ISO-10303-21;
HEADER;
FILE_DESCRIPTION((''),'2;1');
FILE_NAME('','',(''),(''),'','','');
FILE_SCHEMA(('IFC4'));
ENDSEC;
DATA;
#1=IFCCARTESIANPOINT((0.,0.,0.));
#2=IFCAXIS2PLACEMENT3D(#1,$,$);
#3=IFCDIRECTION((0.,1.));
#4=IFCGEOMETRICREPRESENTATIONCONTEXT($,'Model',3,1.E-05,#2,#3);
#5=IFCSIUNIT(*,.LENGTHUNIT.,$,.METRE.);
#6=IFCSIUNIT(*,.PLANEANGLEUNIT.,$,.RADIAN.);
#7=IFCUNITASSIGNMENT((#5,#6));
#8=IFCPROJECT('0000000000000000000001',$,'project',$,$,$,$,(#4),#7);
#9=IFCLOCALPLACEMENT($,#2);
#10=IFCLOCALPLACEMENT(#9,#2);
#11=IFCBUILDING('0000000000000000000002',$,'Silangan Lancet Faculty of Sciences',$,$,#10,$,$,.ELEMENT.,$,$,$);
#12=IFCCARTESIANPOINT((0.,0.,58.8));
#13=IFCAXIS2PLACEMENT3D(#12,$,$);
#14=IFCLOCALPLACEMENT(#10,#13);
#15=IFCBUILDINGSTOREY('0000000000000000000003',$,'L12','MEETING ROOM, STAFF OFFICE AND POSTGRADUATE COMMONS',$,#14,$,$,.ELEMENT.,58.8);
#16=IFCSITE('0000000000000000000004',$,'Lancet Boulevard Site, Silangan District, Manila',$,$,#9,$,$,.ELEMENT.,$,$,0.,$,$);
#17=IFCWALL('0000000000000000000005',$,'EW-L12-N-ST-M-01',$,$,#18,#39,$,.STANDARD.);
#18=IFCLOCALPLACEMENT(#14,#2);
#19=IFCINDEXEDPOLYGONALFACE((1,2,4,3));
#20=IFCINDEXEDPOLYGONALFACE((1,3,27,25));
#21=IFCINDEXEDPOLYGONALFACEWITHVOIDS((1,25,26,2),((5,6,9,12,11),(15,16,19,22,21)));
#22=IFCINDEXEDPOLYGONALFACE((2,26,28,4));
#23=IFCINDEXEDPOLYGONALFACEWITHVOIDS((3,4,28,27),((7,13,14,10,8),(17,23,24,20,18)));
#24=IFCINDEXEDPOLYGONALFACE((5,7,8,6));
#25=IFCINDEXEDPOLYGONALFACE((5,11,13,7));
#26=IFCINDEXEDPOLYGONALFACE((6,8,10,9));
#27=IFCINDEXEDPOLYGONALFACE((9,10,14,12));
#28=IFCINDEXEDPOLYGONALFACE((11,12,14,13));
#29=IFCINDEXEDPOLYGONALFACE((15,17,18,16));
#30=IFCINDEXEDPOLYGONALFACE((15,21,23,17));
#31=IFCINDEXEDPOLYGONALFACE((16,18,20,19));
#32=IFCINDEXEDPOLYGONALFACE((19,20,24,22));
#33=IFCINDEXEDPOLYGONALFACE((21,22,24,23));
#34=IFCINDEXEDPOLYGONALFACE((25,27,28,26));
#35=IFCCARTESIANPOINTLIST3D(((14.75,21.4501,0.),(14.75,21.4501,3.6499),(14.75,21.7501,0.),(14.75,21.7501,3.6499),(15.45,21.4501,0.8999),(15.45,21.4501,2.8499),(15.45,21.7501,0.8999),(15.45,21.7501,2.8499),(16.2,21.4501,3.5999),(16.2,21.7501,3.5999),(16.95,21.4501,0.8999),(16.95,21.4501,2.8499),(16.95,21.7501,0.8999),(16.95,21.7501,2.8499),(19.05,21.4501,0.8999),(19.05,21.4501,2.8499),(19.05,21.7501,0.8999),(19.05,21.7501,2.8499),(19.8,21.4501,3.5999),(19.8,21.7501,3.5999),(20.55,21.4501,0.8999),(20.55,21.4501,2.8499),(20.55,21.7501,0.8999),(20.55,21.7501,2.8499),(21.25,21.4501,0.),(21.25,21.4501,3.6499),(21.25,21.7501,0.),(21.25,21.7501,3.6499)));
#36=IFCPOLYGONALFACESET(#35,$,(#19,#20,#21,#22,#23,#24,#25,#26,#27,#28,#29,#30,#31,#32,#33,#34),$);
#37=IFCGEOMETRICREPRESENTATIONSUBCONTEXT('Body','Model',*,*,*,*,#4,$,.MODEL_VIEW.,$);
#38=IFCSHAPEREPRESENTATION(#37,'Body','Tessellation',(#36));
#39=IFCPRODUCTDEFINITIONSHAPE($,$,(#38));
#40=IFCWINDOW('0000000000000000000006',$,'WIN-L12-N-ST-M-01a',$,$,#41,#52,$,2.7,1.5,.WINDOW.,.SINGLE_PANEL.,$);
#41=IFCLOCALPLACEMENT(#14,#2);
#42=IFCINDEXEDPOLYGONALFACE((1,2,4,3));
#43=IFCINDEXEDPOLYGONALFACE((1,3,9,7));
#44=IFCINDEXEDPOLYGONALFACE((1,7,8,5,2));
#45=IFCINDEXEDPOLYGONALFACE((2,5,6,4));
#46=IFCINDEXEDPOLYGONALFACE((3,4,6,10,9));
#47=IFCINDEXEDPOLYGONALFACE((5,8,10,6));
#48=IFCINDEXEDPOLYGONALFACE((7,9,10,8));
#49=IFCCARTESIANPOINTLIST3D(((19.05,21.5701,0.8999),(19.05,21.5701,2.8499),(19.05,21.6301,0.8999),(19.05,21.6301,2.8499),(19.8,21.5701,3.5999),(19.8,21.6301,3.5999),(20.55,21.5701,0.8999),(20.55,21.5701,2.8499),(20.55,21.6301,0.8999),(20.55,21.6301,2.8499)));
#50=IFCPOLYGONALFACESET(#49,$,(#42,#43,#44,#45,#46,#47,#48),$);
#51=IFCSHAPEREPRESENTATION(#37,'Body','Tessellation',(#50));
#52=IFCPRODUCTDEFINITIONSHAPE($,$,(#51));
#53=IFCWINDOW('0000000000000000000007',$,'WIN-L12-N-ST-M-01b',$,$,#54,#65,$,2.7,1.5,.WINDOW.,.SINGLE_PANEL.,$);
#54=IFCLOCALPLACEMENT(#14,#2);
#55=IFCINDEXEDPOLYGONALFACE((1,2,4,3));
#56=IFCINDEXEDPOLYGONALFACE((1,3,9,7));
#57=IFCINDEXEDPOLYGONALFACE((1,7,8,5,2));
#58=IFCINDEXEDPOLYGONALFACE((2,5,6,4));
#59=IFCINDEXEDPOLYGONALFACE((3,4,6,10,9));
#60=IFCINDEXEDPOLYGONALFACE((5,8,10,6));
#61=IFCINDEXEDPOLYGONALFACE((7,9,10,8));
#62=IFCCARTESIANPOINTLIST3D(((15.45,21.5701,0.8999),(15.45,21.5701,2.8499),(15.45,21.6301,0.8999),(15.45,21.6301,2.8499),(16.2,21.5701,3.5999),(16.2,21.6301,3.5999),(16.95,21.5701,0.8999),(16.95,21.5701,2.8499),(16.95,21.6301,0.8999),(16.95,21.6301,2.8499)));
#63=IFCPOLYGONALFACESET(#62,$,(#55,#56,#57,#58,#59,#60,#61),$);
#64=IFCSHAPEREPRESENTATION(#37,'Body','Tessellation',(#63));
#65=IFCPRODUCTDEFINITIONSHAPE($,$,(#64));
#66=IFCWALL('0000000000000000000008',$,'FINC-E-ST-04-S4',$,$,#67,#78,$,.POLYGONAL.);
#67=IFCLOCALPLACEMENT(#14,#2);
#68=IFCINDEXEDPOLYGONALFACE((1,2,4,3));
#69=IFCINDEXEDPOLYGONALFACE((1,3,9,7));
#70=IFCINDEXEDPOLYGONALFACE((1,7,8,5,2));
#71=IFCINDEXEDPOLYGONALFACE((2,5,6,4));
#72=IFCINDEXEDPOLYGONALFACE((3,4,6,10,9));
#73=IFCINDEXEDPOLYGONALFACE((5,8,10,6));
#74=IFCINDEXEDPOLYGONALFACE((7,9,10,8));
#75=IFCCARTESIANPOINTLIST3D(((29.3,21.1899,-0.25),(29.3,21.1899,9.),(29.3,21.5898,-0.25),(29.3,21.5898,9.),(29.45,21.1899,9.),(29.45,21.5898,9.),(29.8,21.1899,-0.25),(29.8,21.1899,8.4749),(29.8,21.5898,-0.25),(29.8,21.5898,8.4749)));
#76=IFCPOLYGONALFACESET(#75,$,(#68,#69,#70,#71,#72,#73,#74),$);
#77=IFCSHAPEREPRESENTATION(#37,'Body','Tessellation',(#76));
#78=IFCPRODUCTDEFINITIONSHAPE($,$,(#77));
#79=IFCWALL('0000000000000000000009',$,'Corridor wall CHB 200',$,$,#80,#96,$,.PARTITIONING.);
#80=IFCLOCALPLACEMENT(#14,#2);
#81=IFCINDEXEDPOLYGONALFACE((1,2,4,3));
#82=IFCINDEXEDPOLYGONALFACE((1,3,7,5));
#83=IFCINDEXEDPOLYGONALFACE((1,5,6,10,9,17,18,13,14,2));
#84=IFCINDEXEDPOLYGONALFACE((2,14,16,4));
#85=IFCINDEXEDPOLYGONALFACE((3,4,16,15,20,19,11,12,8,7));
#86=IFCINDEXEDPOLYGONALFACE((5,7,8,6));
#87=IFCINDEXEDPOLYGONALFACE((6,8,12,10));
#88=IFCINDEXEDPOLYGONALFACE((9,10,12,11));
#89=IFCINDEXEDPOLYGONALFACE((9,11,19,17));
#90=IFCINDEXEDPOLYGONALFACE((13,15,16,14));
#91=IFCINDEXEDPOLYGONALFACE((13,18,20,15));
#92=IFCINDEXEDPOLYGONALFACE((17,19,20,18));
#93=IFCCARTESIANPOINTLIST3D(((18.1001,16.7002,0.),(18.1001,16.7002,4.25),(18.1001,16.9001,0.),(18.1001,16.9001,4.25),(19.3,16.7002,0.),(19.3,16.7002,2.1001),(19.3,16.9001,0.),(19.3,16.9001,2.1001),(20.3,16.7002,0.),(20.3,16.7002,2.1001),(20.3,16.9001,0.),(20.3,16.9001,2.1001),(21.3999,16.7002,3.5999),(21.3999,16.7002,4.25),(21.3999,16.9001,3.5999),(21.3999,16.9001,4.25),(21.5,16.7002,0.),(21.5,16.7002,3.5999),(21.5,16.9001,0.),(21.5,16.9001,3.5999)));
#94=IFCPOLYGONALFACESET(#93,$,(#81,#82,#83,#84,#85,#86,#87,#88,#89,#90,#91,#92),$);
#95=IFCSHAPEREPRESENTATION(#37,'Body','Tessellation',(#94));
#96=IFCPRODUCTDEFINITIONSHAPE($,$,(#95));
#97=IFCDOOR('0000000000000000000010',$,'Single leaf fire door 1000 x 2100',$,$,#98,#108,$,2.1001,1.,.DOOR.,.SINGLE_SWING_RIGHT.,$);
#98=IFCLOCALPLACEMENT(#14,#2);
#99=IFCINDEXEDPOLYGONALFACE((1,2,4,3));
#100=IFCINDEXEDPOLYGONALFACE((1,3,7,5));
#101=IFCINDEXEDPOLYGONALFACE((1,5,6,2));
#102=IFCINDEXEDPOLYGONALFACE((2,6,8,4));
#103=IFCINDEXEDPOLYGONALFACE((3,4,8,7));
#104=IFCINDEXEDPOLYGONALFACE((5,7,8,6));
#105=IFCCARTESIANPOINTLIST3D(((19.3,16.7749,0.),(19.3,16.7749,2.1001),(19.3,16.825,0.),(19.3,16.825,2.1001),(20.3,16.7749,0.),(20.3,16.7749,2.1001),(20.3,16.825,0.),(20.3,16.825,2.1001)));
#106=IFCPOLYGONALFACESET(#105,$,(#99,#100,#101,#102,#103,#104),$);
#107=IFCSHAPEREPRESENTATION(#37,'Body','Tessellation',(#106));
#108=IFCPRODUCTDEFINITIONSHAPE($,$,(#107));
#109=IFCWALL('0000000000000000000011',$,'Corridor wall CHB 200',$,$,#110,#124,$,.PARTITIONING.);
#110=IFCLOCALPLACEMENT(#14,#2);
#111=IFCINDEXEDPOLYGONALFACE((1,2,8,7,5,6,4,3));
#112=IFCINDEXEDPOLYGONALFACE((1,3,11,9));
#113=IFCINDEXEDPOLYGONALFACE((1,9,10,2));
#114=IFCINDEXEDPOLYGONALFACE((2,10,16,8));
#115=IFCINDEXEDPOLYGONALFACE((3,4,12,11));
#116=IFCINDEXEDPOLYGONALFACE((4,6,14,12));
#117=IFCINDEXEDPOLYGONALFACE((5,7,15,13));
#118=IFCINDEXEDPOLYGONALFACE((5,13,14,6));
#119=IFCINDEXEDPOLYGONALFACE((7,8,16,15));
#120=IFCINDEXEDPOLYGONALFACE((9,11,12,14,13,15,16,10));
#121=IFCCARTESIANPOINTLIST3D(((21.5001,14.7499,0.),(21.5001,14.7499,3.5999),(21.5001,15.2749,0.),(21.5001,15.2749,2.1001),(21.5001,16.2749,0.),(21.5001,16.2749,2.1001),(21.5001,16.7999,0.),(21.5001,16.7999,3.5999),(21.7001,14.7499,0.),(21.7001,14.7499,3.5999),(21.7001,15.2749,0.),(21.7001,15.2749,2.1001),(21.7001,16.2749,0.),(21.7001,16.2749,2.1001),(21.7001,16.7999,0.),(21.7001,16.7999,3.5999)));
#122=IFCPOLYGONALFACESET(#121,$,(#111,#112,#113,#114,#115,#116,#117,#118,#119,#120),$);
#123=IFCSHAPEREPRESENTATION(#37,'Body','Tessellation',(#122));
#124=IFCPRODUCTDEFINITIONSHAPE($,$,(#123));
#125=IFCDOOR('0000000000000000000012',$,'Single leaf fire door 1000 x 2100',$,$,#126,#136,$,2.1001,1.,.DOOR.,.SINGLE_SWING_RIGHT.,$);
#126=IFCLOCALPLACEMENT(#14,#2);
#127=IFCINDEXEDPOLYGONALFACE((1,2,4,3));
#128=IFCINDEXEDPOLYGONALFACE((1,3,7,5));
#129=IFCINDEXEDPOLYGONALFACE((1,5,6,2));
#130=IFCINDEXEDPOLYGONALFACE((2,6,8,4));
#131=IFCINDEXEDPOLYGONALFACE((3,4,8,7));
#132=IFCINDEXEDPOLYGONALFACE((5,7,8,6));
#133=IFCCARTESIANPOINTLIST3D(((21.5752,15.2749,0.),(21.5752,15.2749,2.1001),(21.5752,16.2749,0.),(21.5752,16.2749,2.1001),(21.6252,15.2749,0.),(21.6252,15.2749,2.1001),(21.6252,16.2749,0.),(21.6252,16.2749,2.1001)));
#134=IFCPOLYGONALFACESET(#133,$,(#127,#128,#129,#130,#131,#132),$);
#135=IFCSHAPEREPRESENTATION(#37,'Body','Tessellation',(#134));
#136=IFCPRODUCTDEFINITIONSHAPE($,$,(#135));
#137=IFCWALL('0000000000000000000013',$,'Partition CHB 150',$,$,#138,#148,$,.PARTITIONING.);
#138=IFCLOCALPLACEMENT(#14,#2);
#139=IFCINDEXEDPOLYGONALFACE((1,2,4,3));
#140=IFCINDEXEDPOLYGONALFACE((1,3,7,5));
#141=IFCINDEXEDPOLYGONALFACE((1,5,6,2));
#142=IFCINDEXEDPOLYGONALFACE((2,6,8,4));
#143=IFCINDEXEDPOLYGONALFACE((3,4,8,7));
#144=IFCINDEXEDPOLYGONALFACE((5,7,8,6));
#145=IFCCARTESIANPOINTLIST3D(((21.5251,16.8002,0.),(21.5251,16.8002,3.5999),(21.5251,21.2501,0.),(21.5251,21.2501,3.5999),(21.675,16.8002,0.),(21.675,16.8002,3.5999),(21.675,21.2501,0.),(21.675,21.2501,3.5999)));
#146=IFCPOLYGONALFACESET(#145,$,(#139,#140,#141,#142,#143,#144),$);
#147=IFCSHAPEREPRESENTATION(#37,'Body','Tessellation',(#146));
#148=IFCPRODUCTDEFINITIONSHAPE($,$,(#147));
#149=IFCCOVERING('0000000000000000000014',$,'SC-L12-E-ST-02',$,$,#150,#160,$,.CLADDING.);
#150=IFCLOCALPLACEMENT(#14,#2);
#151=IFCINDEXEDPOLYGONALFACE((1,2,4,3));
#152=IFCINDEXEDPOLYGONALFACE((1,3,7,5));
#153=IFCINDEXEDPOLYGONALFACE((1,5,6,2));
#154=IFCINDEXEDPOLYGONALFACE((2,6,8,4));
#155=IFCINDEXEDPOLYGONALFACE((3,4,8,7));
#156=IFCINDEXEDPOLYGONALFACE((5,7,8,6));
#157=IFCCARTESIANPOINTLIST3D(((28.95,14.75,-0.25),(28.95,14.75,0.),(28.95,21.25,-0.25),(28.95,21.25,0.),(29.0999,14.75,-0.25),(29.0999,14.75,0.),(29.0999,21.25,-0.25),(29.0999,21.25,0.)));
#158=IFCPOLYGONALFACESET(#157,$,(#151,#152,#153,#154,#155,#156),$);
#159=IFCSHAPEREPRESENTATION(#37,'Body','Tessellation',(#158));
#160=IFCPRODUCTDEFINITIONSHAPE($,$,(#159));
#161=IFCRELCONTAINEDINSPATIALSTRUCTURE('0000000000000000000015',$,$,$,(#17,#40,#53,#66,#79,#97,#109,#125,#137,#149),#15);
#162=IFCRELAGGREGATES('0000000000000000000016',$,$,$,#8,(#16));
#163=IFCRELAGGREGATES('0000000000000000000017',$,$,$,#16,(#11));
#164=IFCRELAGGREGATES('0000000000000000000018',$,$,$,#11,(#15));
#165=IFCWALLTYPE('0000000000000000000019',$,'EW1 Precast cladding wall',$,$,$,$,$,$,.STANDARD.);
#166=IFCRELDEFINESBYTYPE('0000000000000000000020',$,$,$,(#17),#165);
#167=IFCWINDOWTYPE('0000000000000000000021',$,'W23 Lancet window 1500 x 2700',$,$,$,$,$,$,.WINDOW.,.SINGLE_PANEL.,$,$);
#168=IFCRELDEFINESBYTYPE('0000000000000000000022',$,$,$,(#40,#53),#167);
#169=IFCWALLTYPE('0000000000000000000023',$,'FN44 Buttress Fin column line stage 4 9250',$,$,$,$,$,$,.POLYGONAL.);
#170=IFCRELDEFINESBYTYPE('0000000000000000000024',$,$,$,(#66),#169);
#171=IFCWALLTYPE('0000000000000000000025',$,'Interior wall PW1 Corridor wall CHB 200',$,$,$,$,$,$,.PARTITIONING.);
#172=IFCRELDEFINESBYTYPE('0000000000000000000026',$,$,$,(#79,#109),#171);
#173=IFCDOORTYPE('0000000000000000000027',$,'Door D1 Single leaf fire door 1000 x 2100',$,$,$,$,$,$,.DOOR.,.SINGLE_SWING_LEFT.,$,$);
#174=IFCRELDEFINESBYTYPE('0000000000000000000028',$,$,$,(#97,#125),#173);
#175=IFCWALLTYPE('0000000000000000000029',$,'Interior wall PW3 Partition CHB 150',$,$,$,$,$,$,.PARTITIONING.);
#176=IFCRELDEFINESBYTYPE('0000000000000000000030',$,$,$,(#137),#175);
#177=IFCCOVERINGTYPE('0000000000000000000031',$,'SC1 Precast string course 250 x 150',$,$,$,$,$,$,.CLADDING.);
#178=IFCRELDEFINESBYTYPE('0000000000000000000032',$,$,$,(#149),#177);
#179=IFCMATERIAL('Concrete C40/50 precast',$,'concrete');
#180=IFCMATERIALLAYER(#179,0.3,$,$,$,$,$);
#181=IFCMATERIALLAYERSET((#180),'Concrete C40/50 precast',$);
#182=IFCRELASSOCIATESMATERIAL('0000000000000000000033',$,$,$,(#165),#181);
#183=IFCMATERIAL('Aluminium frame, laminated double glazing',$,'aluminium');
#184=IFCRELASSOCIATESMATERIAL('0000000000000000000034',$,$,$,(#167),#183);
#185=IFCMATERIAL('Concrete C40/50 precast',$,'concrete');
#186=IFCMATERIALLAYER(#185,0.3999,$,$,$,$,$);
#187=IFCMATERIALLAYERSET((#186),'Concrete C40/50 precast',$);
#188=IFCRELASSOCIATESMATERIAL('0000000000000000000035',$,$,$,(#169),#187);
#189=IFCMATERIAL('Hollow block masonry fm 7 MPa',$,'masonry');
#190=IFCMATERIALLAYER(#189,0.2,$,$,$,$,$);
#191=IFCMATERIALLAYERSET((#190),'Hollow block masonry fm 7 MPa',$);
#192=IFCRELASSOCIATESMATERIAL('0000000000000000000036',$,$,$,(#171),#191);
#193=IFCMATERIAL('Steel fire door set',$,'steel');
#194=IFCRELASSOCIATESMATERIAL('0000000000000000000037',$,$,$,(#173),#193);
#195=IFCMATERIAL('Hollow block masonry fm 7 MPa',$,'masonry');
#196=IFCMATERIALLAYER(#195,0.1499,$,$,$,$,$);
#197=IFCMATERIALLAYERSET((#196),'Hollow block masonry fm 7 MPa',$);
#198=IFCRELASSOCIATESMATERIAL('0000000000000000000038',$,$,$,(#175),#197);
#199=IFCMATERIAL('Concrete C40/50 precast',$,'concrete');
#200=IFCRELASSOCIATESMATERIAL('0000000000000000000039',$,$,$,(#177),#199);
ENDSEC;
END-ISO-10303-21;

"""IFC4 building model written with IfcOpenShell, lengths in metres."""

from ifc_helpers import new_model, si_unit, direction, frame, frame_2d, origin, origin_2d, place, context, subcontext, project, spatial, polyline, rectangle, outline, extrude, material, layer, layer_set, type_object, element, fill, save


model = new_model("IFC4")

# Units and contexts
model_context = context("Model", 3, precision=1e-05, world=origin(), true_north=direction((0.0, 1.0)))
body_context = subcontext(model_context, "Body", "Model", "MODEL_VIEW")
ifc_project = project(units=[si_unit("LENGTHUNIT", "METRE"), si_unit("PLANEANGLEUNIT", "RADIAN")], contexts=[model_context])

# Site, building, storey
site_placement = place(None, origin())
site = spatial("IfcSite", under=ifc_project, at=site_placement, Name="Lancet Boulevard Site, Silangan District, Manila", CompositionType="ELEMENT", RefElevation=0.0)
building_placement = place(site_placement, origin())
building = spatial("IfcBuilding", under=site, at=building_placement, Name="Silangan Lancet Faculty of Sciences", CompositionType="ELEMENT")
storey_placement = place(building_placement, frame((0.0, 0.0, 58.8)))
storey = spatial("IfcBuildingStorey", under=building, at=storey_placement, Name="L12", Description="MEETING ROOM, STAFF OFFICE AND POSTGRADUATE COMMONS", CompositionType="ELEMENT", Elevation=58.8)

# Wall, openings, windows
ifc_material_1 = material(Name="Concrete C40/50 precast", Category="concrete")
ifc_layer_1 = layer(ifc_material_1, 0.3)
ifc_layer_set_1 = layer_set([ifc_layer_1], Name="Concrete C40/50 precast")
wall_type_1 = type_object("IfcWallType", Name="EW1 Precast cladding wall", PredefinedType="STANDARD", material=ifc_layer_set_1)
ifc_material_2 = material(Name="Aluminium frame, laminated double glazing", Category="aluminium")
window_type = type_object("IfcWindowType", Name="W23 Lancet window 1500 x 2700", PartitioningType="SINGLE_PANEL", PredefinedType="WINDOW", material=ifc_material_2)
wall_1_placement = place(storey_placement, frame((21.25, 21.6001, 0.0), z_axis=(0.0, 0.0, 1.0), x_axis=(-1.0, 0.0, 0.0)))
wall_1 = element("IfcWall", 1, at=wall_1_placement, inside=storey, type_object=wall_type_1, Name="EW-L12-N-ST-M-01", PredefinedType="STANDARD", context=body_context, shape_type="SweptSolid", body=[
    extrude(rectangle(XDim=6.5, YDim=0.3, at=frame_2d((3.25, 0.0))), origin(), (0.0, 0.0, 1.0), 3.6499),
])
opening_1_placement = place(wall_1_placement, frame((0.7, 0.0, 0.8999)))
opening_1 = element("IfcOpeningElement", 2, at=opening_1_placement, cuts=wall_1, PredefinedType="OPENING", context=body_context, shape_type="SweptSolid", body=[
    extrude(outline(polyline([(0.0, 0.0), (1.5, 0.0), (1.5, 1.95), (0.75, 2.7), (0.0, 1.95), (0.0, 0.0)])), frame((0.0, 0.1599, 0.0), z_axis=(0.0, -1.0, 0.0), x_axis=(1.0, 0.0, 0.0)), (0.0, 0.0, 1.0), 0.3201),
])
opening_2_placement = place(wall_1_placement, frame((4.3, 0.0, 0.8999)))
opening_2 = element("IfcOpeningElement", 3, at=opening_2_placement, cuts=wall_1, PredefinedType="OPENING", context=body_context, shape_type="SweptSolid", body=[
    extrude(outline(polyline([(0.0, 0.0), (1.5, 0.0), (1.5, 1.95), (0.75, 2.7), (0.0, 1.95), (0.0, 0.0)])), frame((0.0, 0.1599, 0.0), z_axis=(0.0, -1.0, 0.0), x_axis=(1.0, 0.0, 0.0)), (0.0, 0.0, 1.0), 0.3201),
])
window_1_placement = place(opening_1_placement, origin())
window_1 = element("IfcWindow", 4, at=window_1_placement, inside=storey, type_object=window_type, Name="WIN-L12-N-ST-M-01a", OverallHeight=2.7, OverallWidth=1.5, PartitioningType="SINGLE_PANEL", PredefinedType="WINDOW", context=body_context, shape_type="SweptSolid", body=[
    extrude(outline(polyline([(0.0, 0.0), (1.5, 0.0), (1.5, 1.95), (0.75, 2.7), (0.0, 1.95), (0.0, 0.0)])), frame((0.0, 0.03, 0.0), z_axis=(0.0, -1.0, 0.0), x_axis=(1.0, 0.0, 0.0)), (0.0, 0.0, 1.0), 0.0601),
])
fill(opening_1, window_1)
window_2_placement = place(opening_2_placement, origin())
window_2 = element("IfcWindow", 5, at=window_2_placement, inside=storey, type_object=window_type, Name="WIN-L12-N-ST-M-01b", OverallHeight=2.7, OverallWidth=1.5, PartitioningType="SINGLE_PANEL", PredefinedType="WINDOW", context=body_context, shape_type="SweptSolid", body=[
    extrude(outline(polyline([(0.0, 0.0), (1.5, 0.0), (1.5, 1.95), (0.75, 2.7), (0.0, 1.95), (0.0, 0.0)])), frame((0.0, 0.03, 0.0), z_axis=(0.0, -1.0, 0.0), x_axis=(1.0, 0.0, 0.0)), (0.0, 0.0, 1.0), 0.0601),
])
fill(opening_2, window_2)

# Wall
ifc_material_3 = material(Name="Concrete C40/50 precast", Category="concrete")
ifc_layer_2 = layer(ifc_material_3, 0.3999)
ifc_layer_set_2 = layer_set([ifc_layer_2], Name="Concrete C40/50 precast")
wall_type_2 = type_object("IfcWallType", Name="FN44 Buttress Fin column line stage 4 9250", PredefinedType="POLYGONAL", material=ifc_layer_set_2)
wall_2_placement = place(storey_placement, frame((29.3, 21.3899, -0.25), z_axis=(0.0, 0.0, 1.0), x_axis=(1.0, 0.0, 0.0)))
element("IfcWall", 6, at=wall_2_placement, inside=storey, type_object=wall_type_2, Name="FINC-E-ST-04-S4", PredefinedType="POLYGONAL", context=body_context, shape_type="SweptSolid", body=[
    extrude(outline(polyline([(0.5, 0.0), (0.5, 8.7249), (0.1499, 9.25), (0.0, 9.25), (0.0, 0.0), (0.5, 0.0)])), frame((0.0, 0.2, 0.0), z_axis=(0.0, -1.0, 0.0), x_axis=(1.0, 0.0, 0.0)), (0.0, 0.0, 1.0), 0.3999),
])

# Walls, openings, doors
ifc_material_4 = material(Name="Hollow block masonry fm 7 MPa", Category="masonry")
ifc_layer_3 = layer(ifc_material_4, 0.2)
ifc_layer_set_3 = layer_set([ifc_layer_3], Name="Hollow block masonry fm 7 MPa")
wall_type_3 = type_object("IfcWallType", Name="Interior wall PW1 Corridor wall CHB 200", PredefinedType="PARTITIONING", material=ifc_layer_set_3)
wall_3_placement = place(storey_placement, frame((18.1001, 16.8, 0.0), z_axis=(0.0, 0.0, 1.0), x_axis=(1.0, 0.0, 0.0)))
wall_3 = element("IfcWall", 7, at=wall_3_placement, inside=storey, type_object=wall_type_3, Name="Corridor wall CHB 200", PredefinedType="PARTITIONING", context=body_context, shape_type="SweptSolid", body=[
    extrude(outline(polyline([(0.0, 0.0), (3.3999, 0.0), (3.3999, 3.5999), (3.2998, 3.5999), (3.2998, 4.25), (0.0, 4.25), (0.0, 0.0)])), frame((0.0, 0.1001, 0.0), z_axis=(0.0, -1.0, 0.0), x_axis=(1.0, 0.0, 0.0)), (0.0, 0.0, 1.0), 0.2),
])
opening_3_placement = place(wall_3_placement, frame((1.2, 0.0, 0.0)))
opening_3 = element("IfcOpeningElement", 8, at=opening_3_placement, cuts=wall_3, PredefinedType="OPENING", context=body_context, shape_type="SweptSolid", body=[
    extrude(rectangle(XDim=1.0, YDim=2.1001, at=frame_2d((0.5, 1.05))), frame((0.0, 0.1099, 0.0), z_axis=(0.0, -1.0, 0.0), x_axis=(1.0, 0.0, 0.0)), (0.0, 0.0, 1.0), 0.22),
])
ifc_material_5 = material(Name="Steel fire door set", Category="steel")
door_type = type_object("IfcDoorType", Name="Door D1 Single leaf fire door 1000 x 2100", OperationType="SINGLE_SWING_LEFT", PredefinedType="DOOR", material=ifc_material_5)
door_1_placement = place(opening_3_placement, origin())
door_1 = element("IfcDoor", 9, at=door_1_placement, inside=storey, type_object=door_type, Name="Single leaf fire door 1000 x 2100", OperationType="SINGLE_SWING_RIGHT", OverallHeight=2.1001, OverallWidth=1.0, PredefinedType="DOOR", context=body_context, shape_type="SweptSolid", body=[
    extrude(rectangle(XDim=1.0, YDim=2.1001, at=frame_2d((0.5, 1.05))), frame((0.0, 0.0249, 0.0), z_axis=(0.0, -1.0, 0.0), x_axis=(1.0, 0.0, 0.0)), (0.0, 0.0, 1.0), 0.05),
])
fill(opening_3, door_1)
wall_4_placement = place(storey_placement, frame((21.6001, 14.75, 0.0), z_axis=(0.0, 0.0, 1.0), x_axis=(0.0, 1.0, 0.0)))
wall_4 = element("IfcWall", 10, at=wall_4_placement, inside=storey, type_object=wall_type_3, Name="Corridor wall CHB 200", PredefinedType="PARTITIONING", context=body_context, shape_type="SweptSolid", body=[
    extrude(rectangle(XDim=2.05, YDim=0.2, at=frame_2d((1.0249, 0.0))), origin(), (0.0, 0.0, 1.0), 3.5999),
])
opening_4_placement = place(wall_4_placement, frame((0.5249, 0.0, 0.0)))
opening_4 = element("IfcOpeningElement", 11, at=opening_4_placement, cuts=wall_4, PredefinedType="OPENING", context=body_context, shape_type="SweptSolid", body=[
    extrude(rectangle(XDim=1.0, YDim=2.1001, at=frame_2d((0.5, 1.05))), frame((0.0, 0.1099, 0.0), z_axis=(0.0, -1.0, 0.0), x_axis=(1.0, 0.0, 0.0)), (0.0, 0.0, 1.0), 0.22),
])
door_2_placement = place(opening_4_placement, frame((1.0, 0.0, 0.0), z_axis=(0.0, 0.0, 1.0), x_axis=(-1.0, 0.0, 0.0)))
door_2 = element("IfcDoor", 12, at=door_2_placement, inside=storey, type_object=door_type, Name="Single leaf fire door 1000 x 2100", OperationType="SINGLE_SWING_RIGHT", OverallHeight=2.1001, OverallWidth=1.0, PredefinedType="DOOR", context=body_context, shape_type="SweptSolid", body=[
    extrude(rectangle(XDim=1.0, YDim=2.1001, at=frame_2d((0.5, 1.05))), frame((0.0, 0.0251, 0.0), z_axis=(0.0, -1.0, 0.0), x_axis=(1.0, 0.0, 0.0)), (0.0, 0.0, 1.0), 0.05),
])
fill(opening_4, door_2)

# Wall
ifc_material_6 = material(Name="Hollow block masonry fm 7 MPa", Category="masonry")
ifc_layer_4 = layer(ifc_material_6, 0.1499)
ifc_layer_set_4 = layer_set([ifc_layer_4], Name="Hollow block masonry fm 7 MPa")
wall_type_4 = type_object("IfcWallType", Name="Interior wall PW3 Partition CHB 150", PredefinedType="PARTITIONING", material=ifc_layer_set_4)
wall_5_placement = place(storey_placement, frame((21.6001, 16.8, 0.0), z_axis=(0.0, 0.0, 1.0), x_axis=(0.0, 1.0, 0.0)))
element("IfcWall", 13, at=wall_5_placement, inside=storey, type_object=wall_type_4, Name="Partition CHB 150", PredefinedType="PARTITIONING", context=body_context, shape_type="SweptSolid", body=[
    extrude(rectangle(XDim=4.45, YDim=0.1499, at=frame_2d((2.2251, 0.0))), origin(), (0.0, 0.0, 1.0), 3.5999),
])

# Covering
ifc_material_7 = material(Name="Concrete C40/50 precast", Category="concrete")
covering_type = type_object("IfcCoveringType", Name="SC1 Precast string course 250 x 150", PredefinedType="CLADDING", material=ifc_material_7)
covering_1_placement = place(storey_placement, frame((29.0249, 18.0, -0.25), z_axis=(0.0, 0.0, 1.0), x_axis=(1.0, 0.0, 0.0)))
element("IfcCovering", 14, at=covering_1_placement, inside=storey, type_object=covering_type, Name="SC-L12-E-ST-02", PredefinedType="CLADDING", context=body_context, shape_type="SweptSolid", body=[
    extrude(rectangle(XDim=0.1499, YDim=6.5, at=origin_2d()), origin(), (0.0, 0.0, 1.0), 0.25),
])

save(model, "model.ifc")
